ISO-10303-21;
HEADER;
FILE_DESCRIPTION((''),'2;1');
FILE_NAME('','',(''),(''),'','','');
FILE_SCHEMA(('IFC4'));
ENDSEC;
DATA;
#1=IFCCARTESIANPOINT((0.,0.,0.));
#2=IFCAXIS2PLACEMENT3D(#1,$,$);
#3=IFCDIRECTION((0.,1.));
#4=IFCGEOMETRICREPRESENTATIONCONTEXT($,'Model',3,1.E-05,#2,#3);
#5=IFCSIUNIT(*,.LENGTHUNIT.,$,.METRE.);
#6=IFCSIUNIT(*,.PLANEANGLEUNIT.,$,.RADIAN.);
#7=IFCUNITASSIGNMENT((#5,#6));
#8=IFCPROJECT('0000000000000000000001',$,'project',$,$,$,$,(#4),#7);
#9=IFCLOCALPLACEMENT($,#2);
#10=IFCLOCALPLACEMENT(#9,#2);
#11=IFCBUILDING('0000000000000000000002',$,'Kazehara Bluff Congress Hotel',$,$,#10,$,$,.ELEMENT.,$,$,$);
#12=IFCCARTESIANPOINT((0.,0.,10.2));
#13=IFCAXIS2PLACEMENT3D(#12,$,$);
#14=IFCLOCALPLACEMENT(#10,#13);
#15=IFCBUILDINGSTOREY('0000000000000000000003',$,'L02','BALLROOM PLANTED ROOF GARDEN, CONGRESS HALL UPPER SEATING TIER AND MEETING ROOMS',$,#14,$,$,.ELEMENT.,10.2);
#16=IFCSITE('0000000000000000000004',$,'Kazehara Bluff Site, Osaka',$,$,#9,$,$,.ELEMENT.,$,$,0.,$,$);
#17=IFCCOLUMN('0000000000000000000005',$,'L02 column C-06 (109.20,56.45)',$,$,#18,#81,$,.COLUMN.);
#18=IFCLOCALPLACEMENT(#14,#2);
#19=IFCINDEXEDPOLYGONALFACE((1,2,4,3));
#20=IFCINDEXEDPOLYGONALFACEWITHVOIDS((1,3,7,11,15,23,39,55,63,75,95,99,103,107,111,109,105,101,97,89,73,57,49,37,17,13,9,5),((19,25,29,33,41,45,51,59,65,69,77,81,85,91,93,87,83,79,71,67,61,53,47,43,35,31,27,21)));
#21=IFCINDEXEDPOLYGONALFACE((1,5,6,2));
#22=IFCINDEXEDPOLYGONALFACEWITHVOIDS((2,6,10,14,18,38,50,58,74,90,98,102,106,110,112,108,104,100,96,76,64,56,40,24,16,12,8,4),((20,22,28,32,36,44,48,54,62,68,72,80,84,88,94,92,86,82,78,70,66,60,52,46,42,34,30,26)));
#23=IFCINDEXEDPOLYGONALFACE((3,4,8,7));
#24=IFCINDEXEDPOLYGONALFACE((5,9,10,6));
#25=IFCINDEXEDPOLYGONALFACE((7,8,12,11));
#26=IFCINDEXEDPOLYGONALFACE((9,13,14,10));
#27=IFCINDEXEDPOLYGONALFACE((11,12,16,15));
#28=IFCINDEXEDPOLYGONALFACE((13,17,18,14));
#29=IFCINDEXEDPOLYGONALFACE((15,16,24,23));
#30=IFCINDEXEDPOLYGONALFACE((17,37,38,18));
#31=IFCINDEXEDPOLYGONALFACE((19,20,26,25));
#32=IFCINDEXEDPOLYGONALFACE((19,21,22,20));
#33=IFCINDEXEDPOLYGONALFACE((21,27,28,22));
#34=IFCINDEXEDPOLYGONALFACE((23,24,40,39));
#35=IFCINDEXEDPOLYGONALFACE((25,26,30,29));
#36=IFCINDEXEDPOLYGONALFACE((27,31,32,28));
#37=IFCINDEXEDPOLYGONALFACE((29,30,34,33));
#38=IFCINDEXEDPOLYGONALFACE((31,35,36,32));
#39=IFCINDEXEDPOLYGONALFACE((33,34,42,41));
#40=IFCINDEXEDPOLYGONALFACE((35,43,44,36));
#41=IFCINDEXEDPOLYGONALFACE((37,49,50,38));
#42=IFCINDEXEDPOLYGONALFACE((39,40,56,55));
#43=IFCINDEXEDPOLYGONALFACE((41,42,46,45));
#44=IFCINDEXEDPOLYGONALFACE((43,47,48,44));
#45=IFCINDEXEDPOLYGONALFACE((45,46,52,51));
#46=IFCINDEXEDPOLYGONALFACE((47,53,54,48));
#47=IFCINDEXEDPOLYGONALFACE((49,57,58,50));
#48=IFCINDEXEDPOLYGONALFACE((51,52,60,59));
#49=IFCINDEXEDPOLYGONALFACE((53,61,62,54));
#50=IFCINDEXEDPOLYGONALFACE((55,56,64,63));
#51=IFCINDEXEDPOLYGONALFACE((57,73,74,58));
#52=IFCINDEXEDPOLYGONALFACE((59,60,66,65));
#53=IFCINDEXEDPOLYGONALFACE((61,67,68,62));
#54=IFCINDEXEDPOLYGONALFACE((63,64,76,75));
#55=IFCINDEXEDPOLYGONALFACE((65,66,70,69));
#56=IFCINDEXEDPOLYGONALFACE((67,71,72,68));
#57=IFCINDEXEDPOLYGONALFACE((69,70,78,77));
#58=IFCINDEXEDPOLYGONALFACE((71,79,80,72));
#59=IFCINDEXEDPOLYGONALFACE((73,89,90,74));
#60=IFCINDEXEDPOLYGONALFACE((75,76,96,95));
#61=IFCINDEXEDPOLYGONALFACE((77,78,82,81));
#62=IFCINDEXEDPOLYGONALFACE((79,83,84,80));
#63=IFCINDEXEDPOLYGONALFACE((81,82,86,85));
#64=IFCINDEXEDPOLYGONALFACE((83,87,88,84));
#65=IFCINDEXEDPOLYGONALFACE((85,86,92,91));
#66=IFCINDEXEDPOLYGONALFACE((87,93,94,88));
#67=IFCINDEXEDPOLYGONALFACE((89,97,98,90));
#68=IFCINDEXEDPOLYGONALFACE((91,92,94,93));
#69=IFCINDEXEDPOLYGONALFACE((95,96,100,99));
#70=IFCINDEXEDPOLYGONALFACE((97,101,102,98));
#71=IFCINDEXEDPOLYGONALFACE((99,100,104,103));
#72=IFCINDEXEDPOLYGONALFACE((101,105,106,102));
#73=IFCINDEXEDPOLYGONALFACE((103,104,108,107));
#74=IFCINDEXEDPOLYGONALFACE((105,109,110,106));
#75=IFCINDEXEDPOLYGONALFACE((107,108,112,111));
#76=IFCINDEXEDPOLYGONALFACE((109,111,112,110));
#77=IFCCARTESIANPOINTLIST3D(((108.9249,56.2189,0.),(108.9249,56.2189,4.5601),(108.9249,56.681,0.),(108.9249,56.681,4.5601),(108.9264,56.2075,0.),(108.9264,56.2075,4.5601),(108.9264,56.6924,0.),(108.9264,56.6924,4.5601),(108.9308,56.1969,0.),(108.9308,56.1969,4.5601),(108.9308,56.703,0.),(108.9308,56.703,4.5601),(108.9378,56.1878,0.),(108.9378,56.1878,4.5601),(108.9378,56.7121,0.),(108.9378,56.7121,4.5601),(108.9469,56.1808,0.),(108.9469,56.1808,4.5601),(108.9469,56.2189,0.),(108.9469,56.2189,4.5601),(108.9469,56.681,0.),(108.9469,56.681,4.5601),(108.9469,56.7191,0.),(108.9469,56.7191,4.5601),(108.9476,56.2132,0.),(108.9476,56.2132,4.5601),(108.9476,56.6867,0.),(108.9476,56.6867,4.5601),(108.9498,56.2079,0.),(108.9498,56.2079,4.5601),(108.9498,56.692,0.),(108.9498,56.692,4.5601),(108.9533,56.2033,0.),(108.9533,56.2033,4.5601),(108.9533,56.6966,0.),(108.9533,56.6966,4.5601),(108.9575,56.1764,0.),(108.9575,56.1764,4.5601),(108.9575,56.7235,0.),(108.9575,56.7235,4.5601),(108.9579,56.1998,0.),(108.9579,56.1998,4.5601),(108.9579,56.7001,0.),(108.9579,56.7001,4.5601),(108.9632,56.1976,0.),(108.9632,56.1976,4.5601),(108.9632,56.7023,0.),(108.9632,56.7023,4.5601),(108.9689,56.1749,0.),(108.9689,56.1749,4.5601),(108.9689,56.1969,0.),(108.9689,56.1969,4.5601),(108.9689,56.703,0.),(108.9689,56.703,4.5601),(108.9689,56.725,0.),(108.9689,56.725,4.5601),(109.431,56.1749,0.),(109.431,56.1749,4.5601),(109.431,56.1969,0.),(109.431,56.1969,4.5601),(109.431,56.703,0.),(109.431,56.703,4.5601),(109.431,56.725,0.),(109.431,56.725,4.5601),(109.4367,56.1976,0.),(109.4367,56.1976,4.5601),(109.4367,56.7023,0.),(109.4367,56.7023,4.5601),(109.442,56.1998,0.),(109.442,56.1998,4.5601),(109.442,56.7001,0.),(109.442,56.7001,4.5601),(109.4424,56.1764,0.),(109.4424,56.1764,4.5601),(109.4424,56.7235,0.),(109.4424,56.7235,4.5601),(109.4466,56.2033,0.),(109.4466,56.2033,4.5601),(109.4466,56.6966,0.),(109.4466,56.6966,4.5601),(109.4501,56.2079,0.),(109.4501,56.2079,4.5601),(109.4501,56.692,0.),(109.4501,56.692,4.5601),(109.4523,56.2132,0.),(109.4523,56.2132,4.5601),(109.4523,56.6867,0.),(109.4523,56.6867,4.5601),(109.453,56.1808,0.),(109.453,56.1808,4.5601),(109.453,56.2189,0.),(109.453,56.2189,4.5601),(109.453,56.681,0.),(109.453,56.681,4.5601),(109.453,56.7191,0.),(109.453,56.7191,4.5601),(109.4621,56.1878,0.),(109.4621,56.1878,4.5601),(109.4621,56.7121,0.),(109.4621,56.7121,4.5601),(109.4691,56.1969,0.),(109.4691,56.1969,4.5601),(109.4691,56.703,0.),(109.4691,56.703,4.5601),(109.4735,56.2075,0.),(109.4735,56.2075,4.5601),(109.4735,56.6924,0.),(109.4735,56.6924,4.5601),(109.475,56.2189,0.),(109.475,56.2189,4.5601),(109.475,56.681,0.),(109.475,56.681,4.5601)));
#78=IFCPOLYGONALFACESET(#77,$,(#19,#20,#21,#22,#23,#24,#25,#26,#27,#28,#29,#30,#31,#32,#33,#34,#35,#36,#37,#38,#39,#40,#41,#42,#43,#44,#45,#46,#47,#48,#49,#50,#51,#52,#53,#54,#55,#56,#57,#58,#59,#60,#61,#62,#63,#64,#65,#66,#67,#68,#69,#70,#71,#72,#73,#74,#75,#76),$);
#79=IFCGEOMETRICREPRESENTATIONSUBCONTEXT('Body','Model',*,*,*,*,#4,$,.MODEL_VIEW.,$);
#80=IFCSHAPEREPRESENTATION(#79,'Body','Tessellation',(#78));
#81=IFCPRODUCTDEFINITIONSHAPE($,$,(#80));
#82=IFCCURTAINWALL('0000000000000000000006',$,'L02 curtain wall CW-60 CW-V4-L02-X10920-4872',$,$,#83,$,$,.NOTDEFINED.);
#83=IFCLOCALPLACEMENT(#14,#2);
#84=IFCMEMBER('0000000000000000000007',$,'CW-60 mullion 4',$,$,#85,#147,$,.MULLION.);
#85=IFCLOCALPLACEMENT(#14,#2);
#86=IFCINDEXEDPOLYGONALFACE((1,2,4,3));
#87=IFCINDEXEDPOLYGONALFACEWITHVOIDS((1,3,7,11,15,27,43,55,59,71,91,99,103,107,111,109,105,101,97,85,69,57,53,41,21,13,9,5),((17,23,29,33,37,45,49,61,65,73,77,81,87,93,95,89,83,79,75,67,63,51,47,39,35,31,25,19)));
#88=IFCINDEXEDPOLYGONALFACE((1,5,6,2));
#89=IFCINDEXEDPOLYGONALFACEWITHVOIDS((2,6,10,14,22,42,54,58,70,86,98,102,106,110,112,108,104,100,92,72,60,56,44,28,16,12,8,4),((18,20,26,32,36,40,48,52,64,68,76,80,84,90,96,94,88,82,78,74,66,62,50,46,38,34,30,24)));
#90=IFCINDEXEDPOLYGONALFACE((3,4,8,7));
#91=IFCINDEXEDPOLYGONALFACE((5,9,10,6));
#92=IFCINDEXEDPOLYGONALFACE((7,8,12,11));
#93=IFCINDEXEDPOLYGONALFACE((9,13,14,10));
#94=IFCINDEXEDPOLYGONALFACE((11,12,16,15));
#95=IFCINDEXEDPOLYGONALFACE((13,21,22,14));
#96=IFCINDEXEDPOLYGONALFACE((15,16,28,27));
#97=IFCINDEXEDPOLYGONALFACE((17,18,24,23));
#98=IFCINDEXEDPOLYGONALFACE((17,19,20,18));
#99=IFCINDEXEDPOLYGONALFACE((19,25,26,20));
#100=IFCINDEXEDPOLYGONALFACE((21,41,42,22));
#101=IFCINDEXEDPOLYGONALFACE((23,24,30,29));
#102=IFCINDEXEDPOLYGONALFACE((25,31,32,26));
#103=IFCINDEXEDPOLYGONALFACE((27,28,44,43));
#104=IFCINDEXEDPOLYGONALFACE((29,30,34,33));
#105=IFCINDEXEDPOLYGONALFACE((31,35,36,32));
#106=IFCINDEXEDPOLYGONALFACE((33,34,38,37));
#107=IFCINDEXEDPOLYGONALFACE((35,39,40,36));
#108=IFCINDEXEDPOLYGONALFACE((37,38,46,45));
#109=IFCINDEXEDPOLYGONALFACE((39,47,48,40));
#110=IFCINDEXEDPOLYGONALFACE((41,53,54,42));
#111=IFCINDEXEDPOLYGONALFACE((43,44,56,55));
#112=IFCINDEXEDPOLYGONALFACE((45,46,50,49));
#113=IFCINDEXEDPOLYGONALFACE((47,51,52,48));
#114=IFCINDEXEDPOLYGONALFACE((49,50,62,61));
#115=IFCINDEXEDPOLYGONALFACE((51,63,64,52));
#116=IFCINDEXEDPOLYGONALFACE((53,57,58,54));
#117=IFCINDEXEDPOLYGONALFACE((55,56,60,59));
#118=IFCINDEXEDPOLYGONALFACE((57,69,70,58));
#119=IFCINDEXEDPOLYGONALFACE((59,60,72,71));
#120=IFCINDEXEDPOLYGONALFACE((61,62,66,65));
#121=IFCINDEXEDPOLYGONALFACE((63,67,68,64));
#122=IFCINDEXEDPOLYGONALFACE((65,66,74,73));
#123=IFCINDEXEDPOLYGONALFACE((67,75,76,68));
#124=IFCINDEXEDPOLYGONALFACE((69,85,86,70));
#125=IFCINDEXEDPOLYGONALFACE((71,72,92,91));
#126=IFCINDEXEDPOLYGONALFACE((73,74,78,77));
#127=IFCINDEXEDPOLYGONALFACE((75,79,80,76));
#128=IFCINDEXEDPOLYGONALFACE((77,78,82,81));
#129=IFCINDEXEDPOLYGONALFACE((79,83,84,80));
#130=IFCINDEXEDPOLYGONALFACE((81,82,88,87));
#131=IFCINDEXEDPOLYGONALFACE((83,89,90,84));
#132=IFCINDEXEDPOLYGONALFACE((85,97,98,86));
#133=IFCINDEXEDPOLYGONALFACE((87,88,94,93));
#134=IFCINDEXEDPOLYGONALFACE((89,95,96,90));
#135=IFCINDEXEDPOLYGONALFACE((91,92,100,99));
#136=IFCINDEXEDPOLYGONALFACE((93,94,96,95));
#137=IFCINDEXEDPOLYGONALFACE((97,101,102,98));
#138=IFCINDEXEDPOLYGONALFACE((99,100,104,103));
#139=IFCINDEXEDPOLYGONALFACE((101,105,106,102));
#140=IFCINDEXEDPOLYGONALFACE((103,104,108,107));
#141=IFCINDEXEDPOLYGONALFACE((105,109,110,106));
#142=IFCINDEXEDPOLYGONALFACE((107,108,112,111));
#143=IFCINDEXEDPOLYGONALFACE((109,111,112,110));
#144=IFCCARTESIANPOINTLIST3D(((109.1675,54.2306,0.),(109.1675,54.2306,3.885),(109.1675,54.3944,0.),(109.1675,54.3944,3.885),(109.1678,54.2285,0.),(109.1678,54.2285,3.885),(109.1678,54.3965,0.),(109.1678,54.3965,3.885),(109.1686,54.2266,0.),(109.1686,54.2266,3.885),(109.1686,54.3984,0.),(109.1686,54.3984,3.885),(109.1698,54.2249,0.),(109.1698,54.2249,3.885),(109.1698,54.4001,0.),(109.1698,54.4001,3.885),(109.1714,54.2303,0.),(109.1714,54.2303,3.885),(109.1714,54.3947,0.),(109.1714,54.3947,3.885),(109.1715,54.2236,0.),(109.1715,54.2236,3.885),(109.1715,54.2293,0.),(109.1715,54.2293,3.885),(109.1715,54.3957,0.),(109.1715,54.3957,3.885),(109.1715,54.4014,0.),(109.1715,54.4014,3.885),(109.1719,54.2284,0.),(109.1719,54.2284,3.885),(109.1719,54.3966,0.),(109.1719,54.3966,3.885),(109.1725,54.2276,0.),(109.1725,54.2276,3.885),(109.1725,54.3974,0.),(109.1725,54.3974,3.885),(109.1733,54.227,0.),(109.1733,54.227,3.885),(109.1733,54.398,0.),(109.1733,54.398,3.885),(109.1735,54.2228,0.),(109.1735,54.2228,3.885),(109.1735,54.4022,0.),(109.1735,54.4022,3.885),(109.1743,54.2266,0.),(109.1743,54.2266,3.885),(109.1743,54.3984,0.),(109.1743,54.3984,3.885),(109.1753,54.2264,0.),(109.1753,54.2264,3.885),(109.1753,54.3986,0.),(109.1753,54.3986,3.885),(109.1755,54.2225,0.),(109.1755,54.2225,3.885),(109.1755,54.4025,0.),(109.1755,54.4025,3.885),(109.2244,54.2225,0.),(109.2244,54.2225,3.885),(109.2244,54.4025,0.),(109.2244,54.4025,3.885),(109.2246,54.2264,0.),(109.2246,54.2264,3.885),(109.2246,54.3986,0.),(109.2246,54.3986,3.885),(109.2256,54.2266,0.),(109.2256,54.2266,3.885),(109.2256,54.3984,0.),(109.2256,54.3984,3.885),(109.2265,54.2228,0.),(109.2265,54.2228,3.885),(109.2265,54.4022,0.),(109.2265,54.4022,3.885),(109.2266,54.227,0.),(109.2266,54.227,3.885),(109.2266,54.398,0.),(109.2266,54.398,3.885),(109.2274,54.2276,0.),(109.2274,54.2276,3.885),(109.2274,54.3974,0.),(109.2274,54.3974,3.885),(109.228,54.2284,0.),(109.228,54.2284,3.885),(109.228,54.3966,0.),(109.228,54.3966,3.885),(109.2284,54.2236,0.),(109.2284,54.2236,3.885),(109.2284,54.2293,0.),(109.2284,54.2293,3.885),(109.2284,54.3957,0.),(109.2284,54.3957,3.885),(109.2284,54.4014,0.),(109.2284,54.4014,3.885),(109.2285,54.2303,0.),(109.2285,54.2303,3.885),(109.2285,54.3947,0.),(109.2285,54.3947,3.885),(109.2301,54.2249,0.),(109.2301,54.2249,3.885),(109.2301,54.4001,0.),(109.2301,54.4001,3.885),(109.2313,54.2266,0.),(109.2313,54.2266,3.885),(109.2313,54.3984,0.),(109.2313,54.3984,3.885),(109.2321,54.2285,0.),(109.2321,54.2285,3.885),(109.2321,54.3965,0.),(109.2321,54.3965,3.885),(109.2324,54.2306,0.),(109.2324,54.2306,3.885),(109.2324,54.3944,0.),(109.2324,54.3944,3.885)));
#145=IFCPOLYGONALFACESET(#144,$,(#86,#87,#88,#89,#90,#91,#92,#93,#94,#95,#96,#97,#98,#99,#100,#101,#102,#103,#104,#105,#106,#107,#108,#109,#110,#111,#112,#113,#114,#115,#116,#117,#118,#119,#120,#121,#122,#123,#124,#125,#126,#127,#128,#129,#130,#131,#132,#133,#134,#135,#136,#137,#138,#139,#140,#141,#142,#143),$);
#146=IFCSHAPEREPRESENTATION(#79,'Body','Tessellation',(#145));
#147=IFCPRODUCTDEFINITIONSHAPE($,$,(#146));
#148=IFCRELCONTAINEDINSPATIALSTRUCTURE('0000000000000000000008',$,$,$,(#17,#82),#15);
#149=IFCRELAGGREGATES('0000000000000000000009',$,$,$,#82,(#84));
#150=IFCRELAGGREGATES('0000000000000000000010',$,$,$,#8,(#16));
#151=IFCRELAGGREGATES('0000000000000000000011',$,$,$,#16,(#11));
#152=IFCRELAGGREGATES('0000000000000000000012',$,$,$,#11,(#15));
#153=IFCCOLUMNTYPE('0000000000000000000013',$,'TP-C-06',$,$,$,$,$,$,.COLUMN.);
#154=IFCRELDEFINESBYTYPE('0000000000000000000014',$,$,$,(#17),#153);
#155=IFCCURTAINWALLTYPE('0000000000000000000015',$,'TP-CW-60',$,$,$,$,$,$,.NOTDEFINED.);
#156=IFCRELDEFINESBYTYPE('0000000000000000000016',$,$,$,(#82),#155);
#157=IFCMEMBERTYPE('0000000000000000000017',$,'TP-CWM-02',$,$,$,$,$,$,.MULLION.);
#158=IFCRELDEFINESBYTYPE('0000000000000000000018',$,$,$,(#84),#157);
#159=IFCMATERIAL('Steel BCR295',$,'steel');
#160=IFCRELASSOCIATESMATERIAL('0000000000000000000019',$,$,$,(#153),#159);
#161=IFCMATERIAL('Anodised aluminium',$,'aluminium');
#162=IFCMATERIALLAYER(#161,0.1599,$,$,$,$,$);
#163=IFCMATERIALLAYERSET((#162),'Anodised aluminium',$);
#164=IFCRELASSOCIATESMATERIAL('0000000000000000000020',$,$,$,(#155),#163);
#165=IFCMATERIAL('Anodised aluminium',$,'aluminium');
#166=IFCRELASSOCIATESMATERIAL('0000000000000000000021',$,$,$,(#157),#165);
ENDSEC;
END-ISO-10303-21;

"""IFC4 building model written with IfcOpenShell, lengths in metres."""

from ifc_helpers import new_model, si_unit, direction, frame, origin, origin_2d, place, context, subcontext, project, spatial, hollow_rectangle, extrude, material, layer, layer_set, material_profile, profile_set, type_object, element, aggregate, save


model = new_model("IFC4")

# Units and contexts
model_context = context("Model", 3, precision=1e-05, world=origin(), true_north=direction((0.0, 1.0)))
body_context = subcontext(model_context, "Body", "Model", "MODEL_VIEW")
ifc_project = project(units=[si_unit("LENGTHUNIT", "METRE"), si_unit("PLANEANGLEUNIT", "RADIAN")], contexts=[model_context])

# Site, building, storey
site_placement = place(None, origin())
site = spatial("IfcSite", under=ifc_project, at=site_placement, Name="Kazehara Bluff Site, Osaka", CompositionType="ELEMENT", RefElevation=0.0)
building_placement = place(site_placement, origin())
building = spatial("IfcBuilding", under=site, at=building_placement, Name="Kazehara Bluff Congress Hotel", CompositionType="ELEMENT")
storey_placement = place(building_placement, frame((0.0, 0.0, 10.2)))
storey = spatial("IfcBuildingStorey", under=building, at=storey_placement, Name="L02", Description="BALLROOM PLANTED ROOF GARDEN, CONGRESS HALL UPPER SEATING TIER AND MEETING ROOMS", CompositionType="ELEMENT", Elevation=10.2)

# Column
ifc_material_1 = material(Name="Steel BCR295", Category="steel")
ifc_material_profile_1 = material_profile(ifc_material_1, hollow_rectangle(XDim=0.55, YDim=0.55, WallThickness=0.022, InnerFilletRadius=0.022, OuterFilletRadius=0.0439, at=origin_2d()))
ifc_profile_set_1 = profile_set([ifc_material_profile_1], Name="Steel BCR295")
column_type_1 = type_object("IfcColumnType", Name="TP-C-06", PredefinedType="COLUMN", material=ifc_profile_set_1)
column_placement = place(storey_placement, frame((109.2, 56.45, 0.0), z_axis=(0.0, 0.0, 1.0), x_axis=(1.0, 0.0, 0.0)))
element("IfcColumn", 1, at=column_placement, inside=storey, type_object=column_type_1, Name="L02 column C-06 (109.20,56.45)", PredefinedType="COLUMN", context=body_context, shape_type="SweptSolid", body=[
    extrude(hollow_rectangle(XDim=0.55, YDim=0.55, WallThickness=0.022, InnerFilletRadius=0.022, OuterFilletRadius=0.0439, at=origin_2d()), origin(), (0.0, 0.0, 1.0), 4.5601),
])

# Curtain wall, member
ifc_material_2 = material(Name="Anodised aluminium", Category="aluminium")
ifc_layer_1 = layer(ifc_material_2, 0.1599)
ifc_layer_set_1 = layer_set([ifc_layer_1], Name="Anodised aluminium")
curtain_wall_type = type_object("IfcCurtainWallType", Name="TP-CW-60", PredefinedType="NOTDEFINED", material=ifc_layer_set_1)
curtain_wall_placement = place(storey_placement, origin())
curtain_wall = element("IfcCurtainWall", 2, at=curtain_wall_placement, inside=storey, type_object=curtain_wall_type, Name="L02 curtain wall CW-60 CW-V4-L02-X10920-4872", PredefinedType="NOTDEFINED")
ifc_material_3 = material(Name="Anodised aluminium", Category="aluminium")
ifc_material_profile_2 = material_profile(ifc_material_3, hollow_rectangle(XDim=0.0649, YDim=0.1799, WallThickness=0.0039, InnerFilletRadius=0.0039, OuterFilletRadius=0.0081, at=origin_2d()))
ifc_profile_set_2 = profile_set([ifc_material_profile_2], Name="Anodised aluminium")
member_type_1 = type_object("IfcMemberType", Name="TP-CWM-02", PredefinedType="MULLION", material=ifc_profile_set_2)
member_1_placement = place(storey_placement, frame((109.2, 54.3125, 0.0), z_axis=(0.0, 0.0, 1.0), x_axis=(-1.0, 0.0, 0.0)))
member_1 = element("IfcMember", 3, at=member_1_placement, type_object=member_type_1, Name="CW-60 mullion 4", PredefinedType="MULLION", context=body_context, shape_type="SweptSolid", body=[
    extrude(hollow_rectangle(XDim=0.0649, YDim=0.1799, WallThickness=0.0039, InnerFilletRadius=0.0039, OuterFilletRadius=0.0081, at=origin_2d()), origin(), (0.0, 0.0, 1.0), 3.885),
])

aggregate(curtain_wall, [member_1])

save(model, "model.ifc")
